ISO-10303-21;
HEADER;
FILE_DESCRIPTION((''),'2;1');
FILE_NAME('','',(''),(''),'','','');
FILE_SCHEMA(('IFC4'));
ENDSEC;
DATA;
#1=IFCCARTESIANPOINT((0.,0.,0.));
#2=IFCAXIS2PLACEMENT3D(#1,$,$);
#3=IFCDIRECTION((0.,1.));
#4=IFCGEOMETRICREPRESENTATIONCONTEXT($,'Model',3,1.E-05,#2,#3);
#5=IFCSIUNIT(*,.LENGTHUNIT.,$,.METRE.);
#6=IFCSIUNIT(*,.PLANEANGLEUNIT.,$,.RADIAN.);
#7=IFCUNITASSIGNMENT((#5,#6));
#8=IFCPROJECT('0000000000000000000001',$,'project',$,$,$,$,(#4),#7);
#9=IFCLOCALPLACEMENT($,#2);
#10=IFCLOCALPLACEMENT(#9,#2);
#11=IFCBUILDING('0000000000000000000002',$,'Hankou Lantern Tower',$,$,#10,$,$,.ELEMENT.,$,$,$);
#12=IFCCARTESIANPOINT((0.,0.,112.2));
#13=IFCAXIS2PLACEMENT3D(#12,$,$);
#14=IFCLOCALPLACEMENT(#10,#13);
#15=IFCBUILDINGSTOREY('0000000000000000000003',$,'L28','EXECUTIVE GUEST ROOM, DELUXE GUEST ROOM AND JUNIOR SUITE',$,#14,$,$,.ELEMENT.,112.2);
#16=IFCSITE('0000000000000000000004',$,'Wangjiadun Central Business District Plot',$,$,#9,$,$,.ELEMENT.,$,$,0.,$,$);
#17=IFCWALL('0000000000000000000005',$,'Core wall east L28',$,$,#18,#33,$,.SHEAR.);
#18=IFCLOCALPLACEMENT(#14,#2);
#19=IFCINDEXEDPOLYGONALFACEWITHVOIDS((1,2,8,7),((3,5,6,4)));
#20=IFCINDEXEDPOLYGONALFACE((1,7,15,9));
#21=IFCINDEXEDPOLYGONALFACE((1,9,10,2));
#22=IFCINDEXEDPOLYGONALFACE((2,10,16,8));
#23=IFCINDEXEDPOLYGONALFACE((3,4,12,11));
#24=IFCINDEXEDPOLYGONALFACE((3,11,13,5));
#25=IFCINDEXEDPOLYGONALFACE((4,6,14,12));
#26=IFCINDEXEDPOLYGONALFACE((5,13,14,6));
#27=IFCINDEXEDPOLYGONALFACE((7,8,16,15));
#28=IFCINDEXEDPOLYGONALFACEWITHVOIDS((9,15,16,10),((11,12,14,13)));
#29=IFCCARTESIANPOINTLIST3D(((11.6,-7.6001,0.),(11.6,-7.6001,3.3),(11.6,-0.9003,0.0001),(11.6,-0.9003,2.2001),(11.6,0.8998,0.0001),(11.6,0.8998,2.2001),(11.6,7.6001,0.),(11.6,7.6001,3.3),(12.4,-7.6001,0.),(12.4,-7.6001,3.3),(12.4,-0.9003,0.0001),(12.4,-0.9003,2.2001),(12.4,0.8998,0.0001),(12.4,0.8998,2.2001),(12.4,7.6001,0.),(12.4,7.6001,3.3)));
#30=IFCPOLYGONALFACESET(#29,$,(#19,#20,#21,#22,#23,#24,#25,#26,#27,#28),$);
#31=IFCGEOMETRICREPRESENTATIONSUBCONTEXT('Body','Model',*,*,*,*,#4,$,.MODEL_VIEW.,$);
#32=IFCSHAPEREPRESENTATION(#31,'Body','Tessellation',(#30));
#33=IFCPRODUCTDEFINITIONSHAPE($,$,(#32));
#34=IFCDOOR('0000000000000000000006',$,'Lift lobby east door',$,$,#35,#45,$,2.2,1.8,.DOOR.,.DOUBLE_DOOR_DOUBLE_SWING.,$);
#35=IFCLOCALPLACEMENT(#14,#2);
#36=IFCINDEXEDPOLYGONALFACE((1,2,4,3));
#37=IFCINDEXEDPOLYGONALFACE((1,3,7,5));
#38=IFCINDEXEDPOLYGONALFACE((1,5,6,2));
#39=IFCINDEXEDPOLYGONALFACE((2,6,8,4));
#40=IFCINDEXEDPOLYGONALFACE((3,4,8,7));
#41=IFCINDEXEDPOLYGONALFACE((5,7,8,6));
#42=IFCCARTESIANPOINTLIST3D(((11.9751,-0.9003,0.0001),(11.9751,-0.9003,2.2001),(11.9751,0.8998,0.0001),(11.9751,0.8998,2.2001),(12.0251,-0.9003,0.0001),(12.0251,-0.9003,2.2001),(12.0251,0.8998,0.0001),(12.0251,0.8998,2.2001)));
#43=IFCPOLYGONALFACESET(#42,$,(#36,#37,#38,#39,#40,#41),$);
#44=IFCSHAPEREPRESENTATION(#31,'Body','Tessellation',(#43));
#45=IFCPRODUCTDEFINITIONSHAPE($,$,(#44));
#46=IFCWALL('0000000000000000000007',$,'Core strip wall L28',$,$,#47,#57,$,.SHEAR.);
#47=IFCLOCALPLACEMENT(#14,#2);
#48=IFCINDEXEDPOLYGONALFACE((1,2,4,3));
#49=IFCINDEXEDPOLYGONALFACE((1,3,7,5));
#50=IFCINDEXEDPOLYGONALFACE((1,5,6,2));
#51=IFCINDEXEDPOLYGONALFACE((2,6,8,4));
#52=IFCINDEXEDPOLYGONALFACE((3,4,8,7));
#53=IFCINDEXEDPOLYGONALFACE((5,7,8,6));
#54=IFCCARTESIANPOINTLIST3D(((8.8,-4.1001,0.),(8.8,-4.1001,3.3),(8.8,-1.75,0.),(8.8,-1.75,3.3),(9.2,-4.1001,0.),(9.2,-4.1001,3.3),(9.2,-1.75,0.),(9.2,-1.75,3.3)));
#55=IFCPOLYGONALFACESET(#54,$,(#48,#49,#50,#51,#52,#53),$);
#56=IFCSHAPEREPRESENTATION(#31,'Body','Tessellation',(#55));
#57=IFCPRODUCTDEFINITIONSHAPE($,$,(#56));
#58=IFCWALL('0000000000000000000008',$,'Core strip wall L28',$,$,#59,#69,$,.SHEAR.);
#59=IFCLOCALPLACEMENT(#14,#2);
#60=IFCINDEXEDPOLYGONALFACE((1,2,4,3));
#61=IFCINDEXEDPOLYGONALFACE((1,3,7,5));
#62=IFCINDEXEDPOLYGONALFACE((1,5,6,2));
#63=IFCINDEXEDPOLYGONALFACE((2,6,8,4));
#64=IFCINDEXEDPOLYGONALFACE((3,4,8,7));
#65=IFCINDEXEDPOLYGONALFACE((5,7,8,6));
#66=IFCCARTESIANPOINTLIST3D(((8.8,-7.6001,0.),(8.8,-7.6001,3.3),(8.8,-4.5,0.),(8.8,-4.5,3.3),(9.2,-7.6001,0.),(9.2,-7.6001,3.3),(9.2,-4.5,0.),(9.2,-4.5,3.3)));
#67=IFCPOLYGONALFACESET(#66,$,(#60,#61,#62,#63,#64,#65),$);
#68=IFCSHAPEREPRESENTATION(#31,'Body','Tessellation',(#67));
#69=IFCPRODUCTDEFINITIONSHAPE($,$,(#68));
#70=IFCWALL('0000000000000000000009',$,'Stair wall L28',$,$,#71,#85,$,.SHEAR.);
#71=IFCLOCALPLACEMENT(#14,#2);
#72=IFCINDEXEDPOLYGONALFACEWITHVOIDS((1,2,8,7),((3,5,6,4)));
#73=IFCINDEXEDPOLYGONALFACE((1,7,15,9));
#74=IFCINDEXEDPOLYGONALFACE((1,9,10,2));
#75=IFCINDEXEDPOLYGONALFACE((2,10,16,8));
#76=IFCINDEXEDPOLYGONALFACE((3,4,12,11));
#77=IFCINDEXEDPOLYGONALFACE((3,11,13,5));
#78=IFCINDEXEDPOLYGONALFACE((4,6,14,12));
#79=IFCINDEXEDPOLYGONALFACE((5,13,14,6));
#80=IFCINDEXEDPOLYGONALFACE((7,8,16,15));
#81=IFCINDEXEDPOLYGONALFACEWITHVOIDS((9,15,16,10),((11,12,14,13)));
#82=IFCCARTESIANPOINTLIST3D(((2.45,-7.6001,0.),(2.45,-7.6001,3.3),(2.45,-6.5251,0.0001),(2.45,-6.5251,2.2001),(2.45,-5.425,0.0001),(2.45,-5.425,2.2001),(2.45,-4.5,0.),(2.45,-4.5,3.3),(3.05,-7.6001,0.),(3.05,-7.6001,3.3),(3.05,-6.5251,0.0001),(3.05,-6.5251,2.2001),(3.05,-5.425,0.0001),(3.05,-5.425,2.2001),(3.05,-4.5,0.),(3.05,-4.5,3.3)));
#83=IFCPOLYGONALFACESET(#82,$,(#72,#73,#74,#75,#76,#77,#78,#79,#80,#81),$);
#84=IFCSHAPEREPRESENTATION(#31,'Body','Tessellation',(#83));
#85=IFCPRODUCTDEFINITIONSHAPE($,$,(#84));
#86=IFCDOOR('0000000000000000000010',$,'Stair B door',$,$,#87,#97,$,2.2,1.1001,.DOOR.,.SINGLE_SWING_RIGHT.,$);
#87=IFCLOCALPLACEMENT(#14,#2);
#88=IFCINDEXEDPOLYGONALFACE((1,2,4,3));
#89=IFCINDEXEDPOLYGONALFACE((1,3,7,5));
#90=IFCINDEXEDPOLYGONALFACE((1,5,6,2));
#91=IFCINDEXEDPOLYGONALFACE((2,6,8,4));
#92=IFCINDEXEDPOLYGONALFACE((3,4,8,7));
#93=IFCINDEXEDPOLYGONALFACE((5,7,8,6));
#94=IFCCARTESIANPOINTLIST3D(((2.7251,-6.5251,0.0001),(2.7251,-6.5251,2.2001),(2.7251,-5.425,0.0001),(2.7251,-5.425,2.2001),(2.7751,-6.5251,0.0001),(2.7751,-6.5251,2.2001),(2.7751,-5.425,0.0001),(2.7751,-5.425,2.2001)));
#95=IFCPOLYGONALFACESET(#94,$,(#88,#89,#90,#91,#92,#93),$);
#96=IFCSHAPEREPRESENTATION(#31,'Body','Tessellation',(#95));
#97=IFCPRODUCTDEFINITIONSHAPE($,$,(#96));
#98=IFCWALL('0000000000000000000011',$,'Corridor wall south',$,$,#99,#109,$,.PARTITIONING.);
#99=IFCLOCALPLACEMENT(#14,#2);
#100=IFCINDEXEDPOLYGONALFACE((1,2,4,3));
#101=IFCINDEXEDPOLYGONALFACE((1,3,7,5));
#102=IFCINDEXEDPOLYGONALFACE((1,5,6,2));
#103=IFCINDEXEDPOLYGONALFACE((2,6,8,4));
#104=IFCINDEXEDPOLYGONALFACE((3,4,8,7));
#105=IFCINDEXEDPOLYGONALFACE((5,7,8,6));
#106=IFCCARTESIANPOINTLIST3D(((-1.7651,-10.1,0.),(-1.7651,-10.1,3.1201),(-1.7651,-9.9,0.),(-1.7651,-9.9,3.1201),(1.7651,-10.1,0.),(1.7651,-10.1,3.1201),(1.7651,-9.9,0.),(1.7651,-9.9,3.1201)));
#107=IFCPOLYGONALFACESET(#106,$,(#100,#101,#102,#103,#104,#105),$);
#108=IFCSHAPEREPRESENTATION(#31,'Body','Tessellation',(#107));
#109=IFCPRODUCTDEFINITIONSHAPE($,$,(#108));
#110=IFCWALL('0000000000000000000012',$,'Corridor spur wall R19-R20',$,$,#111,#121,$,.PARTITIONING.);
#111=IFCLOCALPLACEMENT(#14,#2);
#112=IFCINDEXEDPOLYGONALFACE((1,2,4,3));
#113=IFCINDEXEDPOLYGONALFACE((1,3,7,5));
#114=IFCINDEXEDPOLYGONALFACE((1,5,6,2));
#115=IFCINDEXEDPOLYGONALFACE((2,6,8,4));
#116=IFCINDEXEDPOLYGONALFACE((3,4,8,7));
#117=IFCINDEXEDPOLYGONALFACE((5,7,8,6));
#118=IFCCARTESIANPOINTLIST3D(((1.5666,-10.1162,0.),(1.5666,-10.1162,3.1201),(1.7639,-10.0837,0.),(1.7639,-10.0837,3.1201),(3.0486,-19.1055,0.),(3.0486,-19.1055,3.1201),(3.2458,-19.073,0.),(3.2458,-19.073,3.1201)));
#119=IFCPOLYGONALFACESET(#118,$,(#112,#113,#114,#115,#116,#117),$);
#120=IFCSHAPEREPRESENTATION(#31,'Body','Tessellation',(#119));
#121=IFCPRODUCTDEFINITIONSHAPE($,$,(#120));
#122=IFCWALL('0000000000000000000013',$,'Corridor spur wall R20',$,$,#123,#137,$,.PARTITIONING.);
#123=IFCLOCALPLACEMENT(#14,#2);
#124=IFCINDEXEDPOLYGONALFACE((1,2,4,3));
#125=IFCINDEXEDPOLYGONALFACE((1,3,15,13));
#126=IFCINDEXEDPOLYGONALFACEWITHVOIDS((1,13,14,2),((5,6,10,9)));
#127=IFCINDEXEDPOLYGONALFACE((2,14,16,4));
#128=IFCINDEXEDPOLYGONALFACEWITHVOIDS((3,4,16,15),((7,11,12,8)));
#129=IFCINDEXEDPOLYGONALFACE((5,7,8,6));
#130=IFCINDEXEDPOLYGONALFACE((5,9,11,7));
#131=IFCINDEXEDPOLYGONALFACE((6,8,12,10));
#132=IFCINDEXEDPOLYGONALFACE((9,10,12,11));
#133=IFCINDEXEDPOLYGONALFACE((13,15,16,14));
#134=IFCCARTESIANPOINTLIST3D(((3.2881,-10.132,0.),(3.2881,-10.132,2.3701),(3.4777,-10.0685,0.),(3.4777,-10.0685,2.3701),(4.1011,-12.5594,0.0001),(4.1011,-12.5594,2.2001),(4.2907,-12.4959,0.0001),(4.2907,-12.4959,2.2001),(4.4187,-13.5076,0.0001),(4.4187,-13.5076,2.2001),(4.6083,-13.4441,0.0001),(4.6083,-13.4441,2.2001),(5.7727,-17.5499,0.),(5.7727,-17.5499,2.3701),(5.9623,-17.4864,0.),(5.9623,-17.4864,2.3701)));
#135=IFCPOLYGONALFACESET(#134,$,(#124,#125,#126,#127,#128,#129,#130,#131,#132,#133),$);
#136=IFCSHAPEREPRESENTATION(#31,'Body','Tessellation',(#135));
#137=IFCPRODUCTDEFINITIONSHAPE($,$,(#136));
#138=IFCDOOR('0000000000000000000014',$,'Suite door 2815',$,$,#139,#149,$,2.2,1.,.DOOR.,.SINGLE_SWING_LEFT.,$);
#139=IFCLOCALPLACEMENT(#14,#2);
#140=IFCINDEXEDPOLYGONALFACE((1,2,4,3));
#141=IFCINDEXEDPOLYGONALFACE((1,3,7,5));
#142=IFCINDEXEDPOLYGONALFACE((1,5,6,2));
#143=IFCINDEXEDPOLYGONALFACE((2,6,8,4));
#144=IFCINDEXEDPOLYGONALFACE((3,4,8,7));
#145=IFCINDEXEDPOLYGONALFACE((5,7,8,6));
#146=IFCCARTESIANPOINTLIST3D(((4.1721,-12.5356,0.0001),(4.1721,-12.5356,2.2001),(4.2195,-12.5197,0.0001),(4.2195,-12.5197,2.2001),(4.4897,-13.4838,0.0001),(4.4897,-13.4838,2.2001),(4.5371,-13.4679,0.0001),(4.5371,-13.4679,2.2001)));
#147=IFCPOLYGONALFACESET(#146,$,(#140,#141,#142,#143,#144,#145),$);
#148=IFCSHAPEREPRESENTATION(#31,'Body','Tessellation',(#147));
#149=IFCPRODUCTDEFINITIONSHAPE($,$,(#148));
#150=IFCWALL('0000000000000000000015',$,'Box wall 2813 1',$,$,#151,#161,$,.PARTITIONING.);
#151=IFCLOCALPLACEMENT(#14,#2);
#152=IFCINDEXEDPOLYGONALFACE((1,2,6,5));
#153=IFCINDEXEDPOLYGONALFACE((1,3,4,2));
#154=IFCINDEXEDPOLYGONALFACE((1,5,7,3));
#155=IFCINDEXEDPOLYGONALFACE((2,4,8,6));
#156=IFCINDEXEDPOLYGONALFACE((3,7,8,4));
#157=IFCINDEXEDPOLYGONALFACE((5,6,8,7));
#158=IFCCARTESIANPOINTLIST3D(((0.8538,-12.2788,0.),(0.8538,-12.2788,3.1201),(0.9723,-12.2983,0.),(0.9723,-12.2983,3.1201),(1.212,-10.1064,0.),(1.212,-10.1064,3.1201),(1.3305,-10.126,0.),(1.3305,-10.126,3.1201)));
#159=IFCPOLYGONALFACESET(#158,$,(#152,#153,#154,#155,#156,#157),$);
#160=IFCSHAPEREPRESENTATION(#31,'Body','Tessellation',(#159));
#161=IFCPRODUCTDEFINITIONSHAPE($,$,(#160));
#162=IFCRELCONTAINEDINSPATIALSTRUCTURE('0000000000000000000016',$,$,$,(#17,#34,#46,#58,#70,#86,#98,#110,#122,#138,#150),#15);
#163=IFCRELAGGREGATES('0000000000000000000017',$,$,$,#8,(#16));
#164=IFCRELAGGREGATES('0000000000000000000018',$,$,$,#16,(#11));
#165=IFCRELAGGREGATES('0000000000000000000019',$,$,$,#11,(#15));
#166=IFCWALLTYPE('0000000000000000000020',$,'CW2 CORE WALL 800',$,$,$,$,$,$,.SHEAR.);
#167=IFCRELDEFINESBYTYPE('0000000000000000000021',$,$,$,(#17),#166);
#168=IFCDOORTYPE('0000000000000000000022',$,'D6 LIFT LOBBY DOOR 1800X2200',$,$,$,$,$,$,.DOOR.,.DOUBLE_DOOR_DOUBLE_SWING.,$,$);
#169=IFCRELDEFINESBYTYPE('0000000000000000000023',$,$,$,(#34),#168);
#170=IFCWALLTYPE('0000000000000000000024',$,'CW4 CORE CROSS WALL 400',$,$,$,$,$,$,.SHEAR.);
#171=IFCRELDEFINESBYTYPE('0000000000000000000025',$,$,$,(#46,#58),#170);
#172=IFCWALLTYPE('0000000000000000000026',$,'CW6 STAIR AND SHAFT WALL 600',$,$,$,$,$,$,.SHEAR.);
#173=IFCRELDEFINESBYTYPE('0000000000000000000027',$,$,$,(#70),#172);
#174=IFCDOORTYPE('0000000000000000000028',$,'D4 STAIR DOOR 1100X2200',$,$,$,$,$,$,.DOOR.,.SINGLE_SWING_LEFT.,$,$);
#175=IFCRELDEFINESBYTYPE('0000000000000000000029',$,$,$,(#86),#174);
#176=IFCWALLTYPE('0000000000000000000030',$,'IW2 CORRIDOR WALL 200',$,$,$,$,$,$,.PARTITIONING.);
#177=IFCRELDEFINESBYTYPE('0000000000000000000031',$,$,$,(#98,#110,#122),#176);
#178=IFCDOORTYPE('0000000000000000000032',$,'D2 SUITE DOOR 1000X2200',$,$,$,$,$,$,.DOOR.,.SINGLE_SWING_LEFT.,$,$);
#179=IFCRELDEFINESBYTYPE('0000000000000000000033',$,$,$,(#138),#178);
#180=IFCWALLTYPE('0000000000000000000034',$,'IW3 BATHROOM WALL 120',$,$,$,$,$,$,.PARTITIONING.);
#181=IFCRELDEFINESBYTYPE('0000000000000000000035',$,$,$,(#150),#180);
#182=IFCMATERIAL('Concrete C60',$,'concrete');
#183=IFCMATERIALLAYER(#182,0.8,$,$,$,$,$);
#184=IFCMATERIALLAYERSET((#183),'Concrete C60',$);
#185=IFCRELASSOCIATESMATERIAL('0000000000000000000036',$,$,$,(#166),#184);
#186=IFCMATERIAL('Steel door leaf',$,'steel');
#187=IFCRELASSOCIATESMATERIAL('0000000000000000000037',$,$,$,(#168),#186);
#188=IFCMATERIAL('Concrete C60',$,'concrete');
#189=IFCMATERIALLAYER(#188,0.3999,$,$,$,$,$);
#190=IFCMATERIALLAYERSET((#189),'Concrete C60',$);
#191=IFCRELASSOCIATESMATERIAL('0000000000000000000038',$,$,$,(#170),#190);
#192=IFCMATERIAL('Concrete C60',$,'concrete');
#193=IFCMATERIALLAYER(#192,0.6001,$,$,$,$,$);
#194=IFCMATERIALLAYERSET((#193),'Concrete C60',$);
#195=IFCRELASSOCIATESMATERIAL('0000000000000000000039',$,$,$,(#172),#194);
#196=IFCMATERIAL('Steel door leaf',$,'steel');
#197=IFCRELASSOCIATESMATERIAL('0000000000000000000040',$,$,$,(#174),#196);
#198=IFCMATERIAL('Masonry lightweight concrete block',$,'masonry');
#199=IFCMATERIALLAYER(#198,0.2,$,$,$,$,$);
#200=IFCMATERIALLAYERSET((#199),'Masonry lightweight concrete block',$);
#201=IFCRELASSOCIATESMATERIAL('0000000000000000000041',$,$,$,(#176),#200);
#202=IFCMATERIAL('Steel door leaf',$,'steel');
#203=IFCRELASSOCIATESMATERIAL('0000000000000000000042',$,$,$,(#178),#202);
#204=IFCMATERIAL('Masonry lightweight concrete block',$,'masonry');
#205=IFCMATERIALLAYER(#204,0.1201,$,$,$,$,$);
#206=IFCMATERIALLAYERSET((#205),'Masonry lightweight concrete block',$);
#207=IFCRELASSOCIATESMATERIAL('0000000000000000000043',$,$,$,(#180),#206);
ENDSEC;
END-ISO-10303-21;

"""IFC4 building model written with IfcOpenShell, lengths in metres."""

from ifc_helpers import new_model, si_unit, direction, frame, frame_2d, origin, place, context, subcontext, project, spatial, rectangle, extrude, material, layer, layer_set, type_object, element, fill, save


model = new_model("IFC4")

# Units and contexts
model_context = context("Model", 3, precision=1e-05, world=origin(), true_north=direction((0.0, 1.0)))
body_context = subcontext(model_context, "Body", "Model", "MODEL_VIEW")
ifc_project = project(units=[si_unit("LENGTHUNIT", "METRE"), si_unit("PLANEANGLEUNIT", "RADIAN")], contexts=[model_context])

# Site, building, storey
site_placement = place(None, origin())
site = spatial("IfcSite", under=ifc_project, at=site_placement, Name="Wangjiadun Central Business District Plot", CompositionType="ELEMENT", RefElevation=0.0)
building_placement = place(site_placement, origin())
building = spatial("IfcBuilding", under=site, at=building_placement, Name="Hankou Lantern Tower", CompositionType="ELEMENT")
storey_placement = place(building_placement, frame((0.0, 0.0, 112.2)))
storey = spatial("IfcBuildingStorey", under=building, at=storey_placement, Name="L28", Description="EXECUTIVE GUEST ROOM, DELUXE GUEST ROOM AND JUNIOR SUITE", CompositionType="ELEMENT", Elevation=112.2)

# Wall, opening, door
ifc_material_1 = material(Name="Concrete C60", Category="concrete")
ifc_layer_1 = layer(ifc_material_1, 0.8)
ifc_layer_set_1 = layer_set([ifc_layer_1], Name="Concrete C60")
wall_type_1 = type_object("IfcWallType", Name="CW2 CORE WALL 800", PredefinedType="SHEAR", material=ifc_layer_set_1)
wall_1_placement = place(storey_placement, frame((12.0, -7.6001, 0.0), z_axis=(0.0, 0.0, 1.0), x_axis=(0.0, 1.0, 0.0)))
wall_1 = element("IfcWall", 1, at=wall_1_placement, inside=storey, type_object=wall_type_1, Name="Core wall east L28", PredefinedType="SHEAR", context=body_context, shape_type="SweptSolid", body=[
    extrude(rectangle(XDim=15.2002, YDim=0.8, at=frame_2d((7.6001, 0.0))), origin(), (0.0, 0.0, 1.0), 3.3),
])
opening_1_placement = place(wall_1_placement, frame((6.7, 0.0, 0.0)))
opening_1 = element("IfcOpeningElement", 2, at=opening_1_placement, cuts=wall_1, PredefinedType="OPENING", context=body_context, shape_type="SweptSolid", body=[
    extrude(rectangle(XDim=1.8, YDim=2.2, at=frame_2d((0.8999, 1.1001))), frame((0.0, 0.4099, 0.0), z_axis=(0.0, -1.0, 0.0), x_axis=(1.0, 0.0, 0.0)), (0.0, 0.0, 1.0), 0.8201),
])
ifc_material_2 = material(Name="Steel door leaf", Category="steel")
door_type_1 = type_object("IfcDoorType", Name="D6 LIFT LOBBY DOOR 1800X2200", OperationType="DOUBLE_DOOR_DOUBLE_SWING", PredefinedType="DOOR", material=ifc_material_2)
door_1_placement = place(opening_1_placement, origin())
door_1 = element("IfcDoor", 3, at=door_1_placement, inside=storey, type_object=door_type_1, Name="Lift lobby east door", OperationType="DOUBLE_DOOR_DOUBLE_SWING", OverallHeight=2.2, OverallWidth=1.8, PredefinedType="DOOR", context=body_context, shape_type="SweptSolid", body=[
    extrude(rectangle(XDim=1.8, YDim=2.2, at=frame_2d((0.8999, 1.1001))), frame((0.0, 0.0249, 0.0), z_axis=(0.0, -1.0, 0.0), x_axis=(1.0, 0.0, 0.0)), (0.0, 0.0, 1.0), 0.05),
])
fill(opening_1, door_1)

# Walls
ifc_material_3 = material(Name="Concrete C60", Category="concrete")
ifc_layer_2 = layer(ifc_material_3, 0.3999)
ifc_layer_set_2 = layer_set([ifc_layer_2], Name="Concrete C60")
wall_type_2 = type_object("IfcWallType", Name="CW4 CORE CROSS WALL 400", PredefinedType="SHEAR", material=ifc_layer_set_2)
wall_2_placement = place(storey_placement, frame((9.0, -4.1001, 0.0), z_axis=(0.0, 0.0, 1.0), x_axis=(0.0, 1.0, 0.0)))
element("IfcWall", 4, at=wall_2_placement, inside=storey, type_object=wall_type_2, Name="Core strip wall L28", PredefinedType="SHEAR", context=body_context, shape_type="SweptSolid", body=[
    extrude(rectangle(XDim=2.3501, YDim=0.3999, at=frame_2d((1.175, 0.0))), origin(), (0.0, 0.0, 1.0), 3.3),
])
wall_3_placement = place(storey_placement, frame((9.0, -7.6001, 0.0), z_axis=(0.0, 0.0, 1.0), x_axis=(0.0, 1.0, 0.0)))
element("IfcWall", 5, at=wall_3_placement, inside=storey, type_object=wall_type_2, Name="Core strip wall L28", PredefinedType="SHEAR", context=body_context, shape_type="SweptSolid", body=[
    extrude(rectangle(XDim=3.1001, YDim=0.3999, at=frame_2d((1.55, 0.0))), origin(), (0.0, 0.0, 1.0), 3.3),
])

# Wall, opening, door
ifc_material_4 = material(Name="Concrete C60", Category="concrete")
ifc_layer_3 = layer(ifc_material_4, 0.6001)
ifc_layer_set_3 = layer_set([ifc_layer_3], Name="Concrete C60")
wall_type_3 = type_object("IfcWallType", Name="CW6 STAIR AND SHAFT WALL 600", PredefinedType="SHEAR", material=ifc_layer_set_3)
wall_4_placement = place(storey_placement, frame((2.75, -7.6001, 0.0), z_axis=(0.0, 0.0, 1.0), x_axis=(0.0, 1.0, 0.0)))
wall_4 = element("IfcWall", 6, at=wall_4_placement, inside=storey, type_object=wall_type_3, Name="Stair wall L28", PredefinedType="SHEAR", context=body_context, shape_type="SweptSolid", body=[
    extrude(rectangle(XDim=3.1001, YDim=0.6001, at=frame_2d((1.55, 0.0))), origin(), (0.0, 0.0, 1.0), 3.3),
])
opening_2_placement = place(wall_4_placement, frame((1.075, 0.0, 0.0)))
opening_2 = element("IfcOpeningElement", 7, at=opening_2_placement, cuts=wall_4, PredefinedType="OPENING", context=body_context, shape_type="SweptSolid", body=[
    extrude(rectangle(XDim=1.1001, YDim=2.2, at=frame_2d((0.55, 1.1001))), frame((0.0, 0.3101, 0.0), z_axis=(0.0, -1.0, 0.0), x_axis=(1.0, 0.0, 0.0)), (0.0, 0.0, 1.0), 0.6201),
])
ifc_material_5 = material(Name="Steel door leaf", Category="steel")
door_type_2 = type_object("IfcDoorType", Name="D4 STAIR DOOR 1100X2200", OperationType="SINGLE_SWING_LEFT", PredefinedType="DOOR", material=ifc_material_5)
door_2_placement = place(opening_2_placement, origin())
door_2 = element("IfcDoor", 8, at=door_2_placement, inside=storey, type_object=door_type_2, Name="Stair B door", OperationType="SINGLE_SWING_RIGHT", OverallHeight=2.2, OverallWidth=1.1001, PredefinedType="DOOR", context=body_context, shape_type="SweptSolid", body=[
    extrude(rectangle(XDim=1.1001, YDim=2.2, at=frame_2d((0.55, 1.1001))), frame((0.0, 0.0249, 0.0), z_axis=(0.0, -1.0, 0.0), x_axis=(1.0, 0.0, 0.0)), (0.0, 0.0, 1.0), 0.05),
])
fill(opening_2, door_2)

# Walls
ifc_material_6 = material(Name="Masonry lightweight concrete block", Category="masonry")
ifc_layer_4 = layer(ifc_material_6, 0.2)
ifc_layer_set_4 = layer_set([ifc_layer_4], Name="Masonry lightweight concrete block")
wall_type_4 = type_object("IfcWallType", Name="IW2 CORRIDOR WALL 200", PredefinedType="PARTITIONING", material=ifc_layer_set_4)
wall_5_placement = place(storey_placement, frame((1.7651, -10.0, 0.0), z_axis=(0.0, 0.0, 1.0), x_axis=(-1.0, 0.0, 0.0)))
element("IfcWall", 9, at=wall_5_placement, inside=storey, type_object=wall_type_4, Name="Corridor wall south", PredefinedType="PARTITIONING", context=body_context, shape_type="SweptSolid", body=[
    extrude(rectangle(XDim=3.5303, YDim=0.2, at=frame_2d((1.7651, 0.0))), origin(), (0.0, 0.0, 1.0), 3.1201),
])
wall_6_placement = place(storey_placement, frame((1.6653, -10.1001, 0.0), z_axis=(0.0, 0.0, 1.0), x_axis=(0.162661, -0.986682, 0.0)))
element("IfcWall", 10, at=wall_6_placement, inside=storey, type_object=wall_type_4, Name="Corridor spur wall R19-R20", PredefinedType="PARTITIONING", context=body_context, shape_type="SweptSolid", body=[
    extrude(rectangle(XDim=9.1106, YDim=0.2, at=frame_2d((4.5552, 0.0))), origin(), (0.0, 0.0, 1.0), 3.1201),
])

# Wall, opening, door
wall_7_placement = place(storey_placement, frame((3.3828, -10.1001, 0.0), z_axis=(0.0, 0.0, 1.0), x_axis=(0.317604, -0.948224, 0.0)))
wall_7 = element("IfcWall", 11, at=wall_7_placement, inside=storey, type_object=wall_type_4, Name="Corridor spur wall R20", PredefinedType="PARTITIONING", context=body_context, shape_type="SweptSolid", body=[
    extrude(rectangle(XDim=7.823, YDim=0.2, at=frame_2d((3.9116, 0.0))), origin(), (0.0, 0.0, 1.0), 2.3701),
])
opening_3_placement = place(wall_7_placement, frame((2.5601, 0.0, 0.0)))
opening_3 = element("IfcOpeningElement", 12, at=opening_3_placement, cuts=wall_7, PredefinedType="OPENING", context=body_context, shape_type="SweptSolid", body=[
    extrude(rectangle(XDim=1.0, YDim=2.2, at=frame_2d((0.5, 1.1001))), frame((0.0, 0.1099, 0.0), z_axis=(0.0, -1.0, 0.0), x_axis=(1.0, 0.0, 0.0)), (0.0, 0.0, 1.0), 0.22),
])
ifc_material_7 = material(Name="Steel door leaf", Category="steel")
door_type_3 = type_object("IfcDoorType", Name="D2 SUITE DOOR 1000X2200", OperationType="SINGLE_SWING_LEFT", PredefinedType="DOOR", material=ifc_material_7)
door_3_placement = place(opening_3_placement, origin())
door_3 = element("IfcDoor", 13, at=door_3_placement, inside=storey, type_object=door_type_3, Name="Suite door 2815", OperationType="SINGLE_SWING_LEFT", OverallHeight=2.2, OverallWidth=1.0, PredefinedType="DOOR", context=body_context, shape_type="SweptSolid", body=[
    extrude(rectangle(XDim=1.0, YDim=2.2, at=frame_2d((0.5, 1.1001))), frame((0.0, 0.0249, 0.0), z_axis=(0.0, -1.0, 0.0), x_axis=(1.0, 0.0, 0.0)), (0.0, 0.0, 1.0), 0.05),
])
fill(opening_3, door_3)

# Wall
ifc_material_8 = material(Name="Masonry lightweight concrete block", Category="masonry")
ifc_layer_5 = layer(ifc_material_8, 0.1201)
ifc_layer_set_5 = layer_set([ifc_layer_5], Name="Masonry lightweight concrete block")
wall_type_5 = type_object("IfcWallType", Name="IW3 BATHROOM WALL 120", PredefinedType="PARTITIONING", material=ifc_layer_set_5)
wall_8_placement = place(storey_placement, frame((1.2712, -10.1162, 0.0), z_axis=(0.0, 0.0, 1.0), x_axis=(-0.162672, -0.98668, 0.0)))
element("IfcWall", 14, at=wall_8_placement, inside=storey, type_object=wall_type_5, Name="Box wall 2813 1", PredefinedType="PARTITIONING", context=body_context, shape_type="SweptSolid", body=[
    extrude(rectangle(XDim=2.2017, YDim=0.1201, at=frame_2d((1.1008, 0.0))), origin(), (0.0, 0.0, 1.0), 3.1201),
])

save(model, "model.ifc")
